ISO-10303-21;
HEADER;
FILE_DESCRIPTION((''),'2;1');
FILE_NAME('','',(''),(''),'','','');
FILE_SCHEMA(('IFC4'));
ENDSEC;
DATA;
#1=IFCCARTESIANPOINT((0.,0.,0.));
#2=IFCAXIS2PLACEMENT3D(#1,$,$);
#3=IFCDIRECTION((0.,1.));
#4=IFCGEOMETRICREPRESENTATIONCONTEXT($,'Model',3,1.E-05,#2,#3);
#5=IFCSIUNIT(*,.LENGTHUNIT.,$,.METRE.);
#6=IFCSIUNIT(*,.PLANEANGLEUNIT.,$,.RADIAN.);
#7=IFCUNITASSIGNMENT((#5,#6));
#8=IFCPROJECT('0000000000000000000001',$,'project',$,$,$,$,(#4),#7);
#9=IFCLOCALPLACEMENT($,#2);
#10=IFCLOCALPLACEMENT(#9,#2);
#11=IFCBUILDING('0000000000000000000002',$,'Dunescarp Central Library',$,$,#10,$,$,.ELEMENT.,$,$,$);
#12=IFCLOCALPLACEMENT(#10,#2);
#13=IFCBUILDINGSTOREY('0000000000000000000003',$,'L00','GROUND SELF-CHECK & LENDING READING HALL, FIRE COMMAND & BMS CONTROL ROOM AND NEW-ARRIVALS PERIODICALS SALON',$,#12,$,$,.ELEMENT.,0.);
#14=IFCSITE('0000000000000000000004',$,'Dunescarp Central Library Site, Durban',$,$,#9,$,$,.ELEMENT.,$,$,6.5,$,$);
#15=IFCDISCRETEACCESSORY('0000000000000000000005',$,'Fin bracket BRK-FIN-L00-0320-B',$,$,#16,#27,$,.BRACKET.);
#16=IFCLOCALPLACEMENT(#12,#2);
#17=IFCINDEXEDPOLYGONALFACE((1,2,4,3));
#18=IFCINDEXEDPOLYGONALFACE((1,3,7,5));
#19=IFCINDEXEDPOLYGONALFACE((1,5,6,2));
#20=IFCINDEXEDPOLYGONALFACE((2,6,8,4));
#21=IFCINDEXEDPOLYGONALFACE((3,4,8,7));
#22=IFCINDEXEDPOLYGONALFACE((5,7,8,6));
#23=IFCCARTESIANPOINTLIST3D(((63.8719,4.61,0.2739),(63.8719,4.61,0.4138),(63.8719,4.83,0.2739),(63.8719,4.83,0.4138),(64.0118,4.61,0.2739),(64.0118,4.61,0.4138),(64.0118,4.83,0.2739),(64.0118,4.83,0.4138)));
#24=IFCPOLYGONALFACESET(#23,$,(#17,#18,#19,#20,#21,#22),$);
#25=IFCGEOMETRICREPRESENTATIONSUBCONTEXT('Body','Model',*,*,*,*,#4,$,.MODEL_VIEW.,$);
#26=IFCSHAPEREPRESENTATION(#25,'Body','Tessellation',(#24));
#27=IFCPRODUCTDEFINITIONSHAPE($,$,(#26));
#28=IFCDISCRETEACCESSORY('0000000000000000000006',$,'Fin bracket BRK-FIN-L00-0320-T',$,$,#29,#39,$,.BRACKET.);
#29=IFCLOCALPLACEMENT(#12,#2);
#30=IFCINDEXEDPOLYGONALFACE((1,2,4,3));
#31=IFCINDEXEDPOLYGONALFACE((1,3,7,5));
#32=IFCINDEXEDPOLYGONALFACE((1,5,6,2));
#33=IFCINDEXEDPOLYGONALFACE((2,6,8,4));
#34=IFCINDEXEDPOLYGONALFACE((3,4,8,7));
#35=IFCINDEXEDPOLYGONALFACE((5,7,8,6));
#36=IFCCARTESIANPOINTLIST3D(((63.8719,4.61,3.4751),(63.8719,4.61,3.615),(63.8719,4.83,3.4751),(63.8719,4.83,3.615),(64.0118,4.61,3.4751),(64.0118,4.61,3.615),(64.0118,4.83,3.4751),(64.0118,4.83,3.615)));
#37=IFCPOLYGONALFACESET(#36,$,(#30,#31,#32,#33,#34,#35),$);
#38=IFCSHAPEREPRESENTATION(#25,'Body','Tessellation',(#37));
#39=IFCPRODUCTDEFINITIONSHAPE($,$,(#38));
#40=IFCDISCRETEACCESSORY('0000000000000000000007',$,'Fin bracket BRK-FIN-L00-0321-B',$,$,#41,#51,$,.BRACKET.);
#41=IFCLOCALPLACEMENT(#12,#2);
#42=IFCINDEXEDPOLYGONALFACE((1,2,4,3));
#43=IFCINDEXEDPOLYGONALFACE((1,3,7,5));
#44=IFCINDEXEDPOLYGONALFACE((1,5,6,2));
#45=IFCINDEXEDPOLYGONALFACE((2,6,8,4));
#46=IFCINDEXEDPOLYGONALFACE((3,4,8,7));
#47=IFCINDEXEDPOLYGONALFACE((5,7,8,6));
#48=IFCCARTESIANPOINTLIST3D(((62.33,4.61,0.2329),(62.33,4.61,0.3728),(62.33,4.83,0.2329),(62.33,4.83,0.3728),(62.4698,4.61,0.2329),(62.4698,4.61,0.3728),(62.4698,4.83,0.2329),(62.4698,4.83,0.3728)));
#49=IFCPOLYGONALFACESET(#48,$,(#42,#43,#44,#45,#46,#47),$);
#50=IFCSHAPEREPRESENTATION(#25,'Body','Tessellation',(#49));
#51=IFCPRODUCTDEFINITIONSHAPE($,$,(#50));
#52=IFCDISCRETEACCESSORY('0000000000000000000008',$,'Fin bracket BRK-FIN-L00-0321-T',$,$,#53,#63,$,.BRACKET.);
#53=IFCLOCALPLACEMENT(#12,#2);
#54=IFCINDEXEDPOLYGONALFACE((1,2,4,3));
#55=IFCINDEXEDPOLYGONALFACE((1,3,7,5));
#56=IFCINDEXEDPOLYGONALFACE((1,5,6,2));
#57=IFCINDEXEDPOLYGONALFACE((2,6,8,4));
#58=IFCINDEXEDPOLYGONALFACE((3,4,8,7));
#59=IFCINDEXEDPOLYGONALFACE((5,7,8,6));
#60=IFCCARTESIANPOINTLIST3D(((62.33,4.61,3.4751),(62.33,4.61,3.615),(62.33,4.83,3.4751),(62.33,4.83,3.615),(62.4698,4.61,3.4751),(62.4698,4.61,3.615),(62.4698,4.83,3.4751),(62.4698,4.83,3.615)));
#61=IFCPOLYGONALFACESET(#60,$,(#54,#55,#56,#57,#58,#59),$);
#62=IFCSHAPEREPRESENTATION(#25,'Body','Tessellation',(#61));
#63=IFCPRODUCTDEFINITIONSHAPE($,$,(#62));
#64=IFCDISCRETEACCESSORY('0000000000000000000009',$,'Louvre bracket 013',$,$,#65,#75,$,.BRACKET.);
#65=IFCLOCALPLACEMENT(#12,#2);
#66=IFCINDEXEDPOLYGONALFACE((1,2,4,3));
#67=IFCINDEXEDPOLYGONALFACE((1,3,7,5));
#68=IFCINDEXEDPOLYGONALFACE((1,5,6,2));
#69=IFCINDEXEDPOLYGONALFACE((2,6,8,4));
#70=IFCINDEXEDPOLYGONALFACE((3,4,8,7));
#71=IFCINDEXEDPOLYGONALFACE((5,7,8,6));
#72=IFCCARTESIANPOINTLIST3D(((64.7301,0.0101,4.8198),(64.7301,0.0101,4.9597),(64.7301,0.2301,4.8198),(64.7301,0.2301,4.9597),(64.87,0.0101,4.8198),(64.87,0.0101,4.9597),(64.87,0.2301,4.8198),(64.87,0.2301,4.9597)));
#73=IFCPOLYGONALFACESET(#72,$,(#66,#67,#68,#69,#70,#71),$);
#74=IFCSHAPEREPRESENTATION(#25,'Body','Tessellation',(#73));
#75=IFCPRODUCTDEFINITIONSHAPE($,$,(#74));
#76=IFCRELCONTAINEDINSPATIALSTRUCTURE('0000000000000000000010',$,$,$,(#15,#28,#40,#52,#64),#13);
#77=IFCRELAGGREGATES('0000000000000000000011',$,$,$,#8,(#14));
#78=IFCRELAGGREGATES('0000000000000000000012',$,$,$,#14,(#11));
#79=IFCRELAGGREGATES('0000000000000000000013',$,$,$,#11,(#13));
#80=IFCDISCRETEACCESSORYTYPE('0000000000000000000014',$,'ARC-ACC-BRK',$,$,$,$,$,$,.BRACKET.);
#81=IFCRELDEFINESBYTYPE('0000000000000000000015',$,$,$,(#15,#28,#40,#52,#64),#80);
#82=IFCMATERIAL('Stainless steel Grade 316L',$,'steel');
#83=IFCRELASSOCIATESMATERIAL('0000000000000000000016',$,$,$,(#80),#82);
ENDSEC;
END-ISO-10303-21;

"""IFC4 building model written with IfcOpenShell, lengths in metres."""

from ifc_helpers import new_model, si_unit, direction, frame, origin, origin_2d, place, context, subcontext, project, spatial, rectangle, extrude, material, type_object, element, save


model = new_model("IFC4")

# Units and contexts
model_context = context("Model", 3, precision=1e-05, world=origin(), true_north=direction((0.0, 1.0)))
body_context = subcontext(model_context, "Body", "Model", "MODEL_VIEW")
ifc_project = project(units=[si_unit("LENGTHUNIT", "METRE"), si_unit("PLANEANGLEUNIT", "RADIAN")], contexts=[model_context])

# Site, building, storey
site_placement = place(None, origin())
site = spatial("IfcSite", under=ifc_project, at=site_placement, Name="Dunescarp Central Library Site, Durban", CompositionType="ELEMENT", RefElevation=6.5)
building_placement = place(site_placement, origin())
building = spatial("IfcBuilding", under=site, at=building_placement, Name="Dunescarp Central Library", CompositionType="ELEMENT")
storey_placement = place(building_placement, origin())
storey = spatial("IfcBuildingStorey", under=building, at=storey_placement, Name="L00", Description="GROUND SELF-CHECK & LENDING READING HALL, FIRE COMMAND & BMS CONTROL ROOM AND NEW-ARRIVALS PERIODICALS SALON", CompositionType="ELEMENT", Elevation=0.0)

# Discrete accessories
ifc_material_1 = material(Name="Stainless steel Grade 316L", Category="steel")
discrete_accessory_type = type_object("IfcDiscreteAccessoryType", Name="ARC-ACC-BRK", PredefinedType="BRACKET", material=ifc_material_1)
for number, where, z_axis, x_axis, name in (
    (1, (63.9419, 4.72, 0.2739), (0.0, 0.0, 1.0), (0.0, -1.0, 0.0), "Fin bracket BRK-FIN-L00-0320-B"),
    (2, (63.9419, 4.72, 3.4751), (0.0, 0.0, 1.0), (0.0, -1.0, 0.0), "Fin bracket BRK-FIN-L00-0320-T"),
    (3, (62.3999, 4.72, 0.2329), (0.0, 0.0, 1.0), (0.0, -1.0, 0.0), "Fin bracket BRK-FIN-L00-0321-B"),
    (4, (62.3999, 4.72, 3.4751), (0.0, 0.0, 1.0), (0.0, -1.0, 0.0), "Fin bracket BRK-FIN-L00-0321-T"),
):
    element("IfcDiscreteAccessory", number, at=place(storey_placement, frame(where, z_axis=z_axis, x_axis=x_axis)), inside=storey, type_object=discrete_accessory_type, Name=name, PredefinedType="BRACKET", context=body_context, shape_type="SweptSolid", body=[
        extrude(rectangle(XDim=0.22, YDim=0.1399, at=origin_2d()), origin(), (0.0, 0.0, 1.0), 0.1399),
    ])
discrete_accessory_placement = place(storey_placement, frame((64.8, 0.1201, 4.8198), z_axis=(0.0, 0.0, 1.0), x_axis=(1.0, 0.0, 0.0)))
element("IfcDiscreteAccessory", 5, at=discrete_accessory_placement, inside=storey, type_object=discrete_accessory_type, Name="Louvre bracket 013", PredefinedType="BRACKET", context=body_context, shape_type="SweptSolid", body=[
    extrude(rectangle(XDim=0.1399, YDim=0.22, at=origin_2d()), origin(), (0.0, 0.0, 1.0), 0.1399),
])

save(model, "model.ifc")
